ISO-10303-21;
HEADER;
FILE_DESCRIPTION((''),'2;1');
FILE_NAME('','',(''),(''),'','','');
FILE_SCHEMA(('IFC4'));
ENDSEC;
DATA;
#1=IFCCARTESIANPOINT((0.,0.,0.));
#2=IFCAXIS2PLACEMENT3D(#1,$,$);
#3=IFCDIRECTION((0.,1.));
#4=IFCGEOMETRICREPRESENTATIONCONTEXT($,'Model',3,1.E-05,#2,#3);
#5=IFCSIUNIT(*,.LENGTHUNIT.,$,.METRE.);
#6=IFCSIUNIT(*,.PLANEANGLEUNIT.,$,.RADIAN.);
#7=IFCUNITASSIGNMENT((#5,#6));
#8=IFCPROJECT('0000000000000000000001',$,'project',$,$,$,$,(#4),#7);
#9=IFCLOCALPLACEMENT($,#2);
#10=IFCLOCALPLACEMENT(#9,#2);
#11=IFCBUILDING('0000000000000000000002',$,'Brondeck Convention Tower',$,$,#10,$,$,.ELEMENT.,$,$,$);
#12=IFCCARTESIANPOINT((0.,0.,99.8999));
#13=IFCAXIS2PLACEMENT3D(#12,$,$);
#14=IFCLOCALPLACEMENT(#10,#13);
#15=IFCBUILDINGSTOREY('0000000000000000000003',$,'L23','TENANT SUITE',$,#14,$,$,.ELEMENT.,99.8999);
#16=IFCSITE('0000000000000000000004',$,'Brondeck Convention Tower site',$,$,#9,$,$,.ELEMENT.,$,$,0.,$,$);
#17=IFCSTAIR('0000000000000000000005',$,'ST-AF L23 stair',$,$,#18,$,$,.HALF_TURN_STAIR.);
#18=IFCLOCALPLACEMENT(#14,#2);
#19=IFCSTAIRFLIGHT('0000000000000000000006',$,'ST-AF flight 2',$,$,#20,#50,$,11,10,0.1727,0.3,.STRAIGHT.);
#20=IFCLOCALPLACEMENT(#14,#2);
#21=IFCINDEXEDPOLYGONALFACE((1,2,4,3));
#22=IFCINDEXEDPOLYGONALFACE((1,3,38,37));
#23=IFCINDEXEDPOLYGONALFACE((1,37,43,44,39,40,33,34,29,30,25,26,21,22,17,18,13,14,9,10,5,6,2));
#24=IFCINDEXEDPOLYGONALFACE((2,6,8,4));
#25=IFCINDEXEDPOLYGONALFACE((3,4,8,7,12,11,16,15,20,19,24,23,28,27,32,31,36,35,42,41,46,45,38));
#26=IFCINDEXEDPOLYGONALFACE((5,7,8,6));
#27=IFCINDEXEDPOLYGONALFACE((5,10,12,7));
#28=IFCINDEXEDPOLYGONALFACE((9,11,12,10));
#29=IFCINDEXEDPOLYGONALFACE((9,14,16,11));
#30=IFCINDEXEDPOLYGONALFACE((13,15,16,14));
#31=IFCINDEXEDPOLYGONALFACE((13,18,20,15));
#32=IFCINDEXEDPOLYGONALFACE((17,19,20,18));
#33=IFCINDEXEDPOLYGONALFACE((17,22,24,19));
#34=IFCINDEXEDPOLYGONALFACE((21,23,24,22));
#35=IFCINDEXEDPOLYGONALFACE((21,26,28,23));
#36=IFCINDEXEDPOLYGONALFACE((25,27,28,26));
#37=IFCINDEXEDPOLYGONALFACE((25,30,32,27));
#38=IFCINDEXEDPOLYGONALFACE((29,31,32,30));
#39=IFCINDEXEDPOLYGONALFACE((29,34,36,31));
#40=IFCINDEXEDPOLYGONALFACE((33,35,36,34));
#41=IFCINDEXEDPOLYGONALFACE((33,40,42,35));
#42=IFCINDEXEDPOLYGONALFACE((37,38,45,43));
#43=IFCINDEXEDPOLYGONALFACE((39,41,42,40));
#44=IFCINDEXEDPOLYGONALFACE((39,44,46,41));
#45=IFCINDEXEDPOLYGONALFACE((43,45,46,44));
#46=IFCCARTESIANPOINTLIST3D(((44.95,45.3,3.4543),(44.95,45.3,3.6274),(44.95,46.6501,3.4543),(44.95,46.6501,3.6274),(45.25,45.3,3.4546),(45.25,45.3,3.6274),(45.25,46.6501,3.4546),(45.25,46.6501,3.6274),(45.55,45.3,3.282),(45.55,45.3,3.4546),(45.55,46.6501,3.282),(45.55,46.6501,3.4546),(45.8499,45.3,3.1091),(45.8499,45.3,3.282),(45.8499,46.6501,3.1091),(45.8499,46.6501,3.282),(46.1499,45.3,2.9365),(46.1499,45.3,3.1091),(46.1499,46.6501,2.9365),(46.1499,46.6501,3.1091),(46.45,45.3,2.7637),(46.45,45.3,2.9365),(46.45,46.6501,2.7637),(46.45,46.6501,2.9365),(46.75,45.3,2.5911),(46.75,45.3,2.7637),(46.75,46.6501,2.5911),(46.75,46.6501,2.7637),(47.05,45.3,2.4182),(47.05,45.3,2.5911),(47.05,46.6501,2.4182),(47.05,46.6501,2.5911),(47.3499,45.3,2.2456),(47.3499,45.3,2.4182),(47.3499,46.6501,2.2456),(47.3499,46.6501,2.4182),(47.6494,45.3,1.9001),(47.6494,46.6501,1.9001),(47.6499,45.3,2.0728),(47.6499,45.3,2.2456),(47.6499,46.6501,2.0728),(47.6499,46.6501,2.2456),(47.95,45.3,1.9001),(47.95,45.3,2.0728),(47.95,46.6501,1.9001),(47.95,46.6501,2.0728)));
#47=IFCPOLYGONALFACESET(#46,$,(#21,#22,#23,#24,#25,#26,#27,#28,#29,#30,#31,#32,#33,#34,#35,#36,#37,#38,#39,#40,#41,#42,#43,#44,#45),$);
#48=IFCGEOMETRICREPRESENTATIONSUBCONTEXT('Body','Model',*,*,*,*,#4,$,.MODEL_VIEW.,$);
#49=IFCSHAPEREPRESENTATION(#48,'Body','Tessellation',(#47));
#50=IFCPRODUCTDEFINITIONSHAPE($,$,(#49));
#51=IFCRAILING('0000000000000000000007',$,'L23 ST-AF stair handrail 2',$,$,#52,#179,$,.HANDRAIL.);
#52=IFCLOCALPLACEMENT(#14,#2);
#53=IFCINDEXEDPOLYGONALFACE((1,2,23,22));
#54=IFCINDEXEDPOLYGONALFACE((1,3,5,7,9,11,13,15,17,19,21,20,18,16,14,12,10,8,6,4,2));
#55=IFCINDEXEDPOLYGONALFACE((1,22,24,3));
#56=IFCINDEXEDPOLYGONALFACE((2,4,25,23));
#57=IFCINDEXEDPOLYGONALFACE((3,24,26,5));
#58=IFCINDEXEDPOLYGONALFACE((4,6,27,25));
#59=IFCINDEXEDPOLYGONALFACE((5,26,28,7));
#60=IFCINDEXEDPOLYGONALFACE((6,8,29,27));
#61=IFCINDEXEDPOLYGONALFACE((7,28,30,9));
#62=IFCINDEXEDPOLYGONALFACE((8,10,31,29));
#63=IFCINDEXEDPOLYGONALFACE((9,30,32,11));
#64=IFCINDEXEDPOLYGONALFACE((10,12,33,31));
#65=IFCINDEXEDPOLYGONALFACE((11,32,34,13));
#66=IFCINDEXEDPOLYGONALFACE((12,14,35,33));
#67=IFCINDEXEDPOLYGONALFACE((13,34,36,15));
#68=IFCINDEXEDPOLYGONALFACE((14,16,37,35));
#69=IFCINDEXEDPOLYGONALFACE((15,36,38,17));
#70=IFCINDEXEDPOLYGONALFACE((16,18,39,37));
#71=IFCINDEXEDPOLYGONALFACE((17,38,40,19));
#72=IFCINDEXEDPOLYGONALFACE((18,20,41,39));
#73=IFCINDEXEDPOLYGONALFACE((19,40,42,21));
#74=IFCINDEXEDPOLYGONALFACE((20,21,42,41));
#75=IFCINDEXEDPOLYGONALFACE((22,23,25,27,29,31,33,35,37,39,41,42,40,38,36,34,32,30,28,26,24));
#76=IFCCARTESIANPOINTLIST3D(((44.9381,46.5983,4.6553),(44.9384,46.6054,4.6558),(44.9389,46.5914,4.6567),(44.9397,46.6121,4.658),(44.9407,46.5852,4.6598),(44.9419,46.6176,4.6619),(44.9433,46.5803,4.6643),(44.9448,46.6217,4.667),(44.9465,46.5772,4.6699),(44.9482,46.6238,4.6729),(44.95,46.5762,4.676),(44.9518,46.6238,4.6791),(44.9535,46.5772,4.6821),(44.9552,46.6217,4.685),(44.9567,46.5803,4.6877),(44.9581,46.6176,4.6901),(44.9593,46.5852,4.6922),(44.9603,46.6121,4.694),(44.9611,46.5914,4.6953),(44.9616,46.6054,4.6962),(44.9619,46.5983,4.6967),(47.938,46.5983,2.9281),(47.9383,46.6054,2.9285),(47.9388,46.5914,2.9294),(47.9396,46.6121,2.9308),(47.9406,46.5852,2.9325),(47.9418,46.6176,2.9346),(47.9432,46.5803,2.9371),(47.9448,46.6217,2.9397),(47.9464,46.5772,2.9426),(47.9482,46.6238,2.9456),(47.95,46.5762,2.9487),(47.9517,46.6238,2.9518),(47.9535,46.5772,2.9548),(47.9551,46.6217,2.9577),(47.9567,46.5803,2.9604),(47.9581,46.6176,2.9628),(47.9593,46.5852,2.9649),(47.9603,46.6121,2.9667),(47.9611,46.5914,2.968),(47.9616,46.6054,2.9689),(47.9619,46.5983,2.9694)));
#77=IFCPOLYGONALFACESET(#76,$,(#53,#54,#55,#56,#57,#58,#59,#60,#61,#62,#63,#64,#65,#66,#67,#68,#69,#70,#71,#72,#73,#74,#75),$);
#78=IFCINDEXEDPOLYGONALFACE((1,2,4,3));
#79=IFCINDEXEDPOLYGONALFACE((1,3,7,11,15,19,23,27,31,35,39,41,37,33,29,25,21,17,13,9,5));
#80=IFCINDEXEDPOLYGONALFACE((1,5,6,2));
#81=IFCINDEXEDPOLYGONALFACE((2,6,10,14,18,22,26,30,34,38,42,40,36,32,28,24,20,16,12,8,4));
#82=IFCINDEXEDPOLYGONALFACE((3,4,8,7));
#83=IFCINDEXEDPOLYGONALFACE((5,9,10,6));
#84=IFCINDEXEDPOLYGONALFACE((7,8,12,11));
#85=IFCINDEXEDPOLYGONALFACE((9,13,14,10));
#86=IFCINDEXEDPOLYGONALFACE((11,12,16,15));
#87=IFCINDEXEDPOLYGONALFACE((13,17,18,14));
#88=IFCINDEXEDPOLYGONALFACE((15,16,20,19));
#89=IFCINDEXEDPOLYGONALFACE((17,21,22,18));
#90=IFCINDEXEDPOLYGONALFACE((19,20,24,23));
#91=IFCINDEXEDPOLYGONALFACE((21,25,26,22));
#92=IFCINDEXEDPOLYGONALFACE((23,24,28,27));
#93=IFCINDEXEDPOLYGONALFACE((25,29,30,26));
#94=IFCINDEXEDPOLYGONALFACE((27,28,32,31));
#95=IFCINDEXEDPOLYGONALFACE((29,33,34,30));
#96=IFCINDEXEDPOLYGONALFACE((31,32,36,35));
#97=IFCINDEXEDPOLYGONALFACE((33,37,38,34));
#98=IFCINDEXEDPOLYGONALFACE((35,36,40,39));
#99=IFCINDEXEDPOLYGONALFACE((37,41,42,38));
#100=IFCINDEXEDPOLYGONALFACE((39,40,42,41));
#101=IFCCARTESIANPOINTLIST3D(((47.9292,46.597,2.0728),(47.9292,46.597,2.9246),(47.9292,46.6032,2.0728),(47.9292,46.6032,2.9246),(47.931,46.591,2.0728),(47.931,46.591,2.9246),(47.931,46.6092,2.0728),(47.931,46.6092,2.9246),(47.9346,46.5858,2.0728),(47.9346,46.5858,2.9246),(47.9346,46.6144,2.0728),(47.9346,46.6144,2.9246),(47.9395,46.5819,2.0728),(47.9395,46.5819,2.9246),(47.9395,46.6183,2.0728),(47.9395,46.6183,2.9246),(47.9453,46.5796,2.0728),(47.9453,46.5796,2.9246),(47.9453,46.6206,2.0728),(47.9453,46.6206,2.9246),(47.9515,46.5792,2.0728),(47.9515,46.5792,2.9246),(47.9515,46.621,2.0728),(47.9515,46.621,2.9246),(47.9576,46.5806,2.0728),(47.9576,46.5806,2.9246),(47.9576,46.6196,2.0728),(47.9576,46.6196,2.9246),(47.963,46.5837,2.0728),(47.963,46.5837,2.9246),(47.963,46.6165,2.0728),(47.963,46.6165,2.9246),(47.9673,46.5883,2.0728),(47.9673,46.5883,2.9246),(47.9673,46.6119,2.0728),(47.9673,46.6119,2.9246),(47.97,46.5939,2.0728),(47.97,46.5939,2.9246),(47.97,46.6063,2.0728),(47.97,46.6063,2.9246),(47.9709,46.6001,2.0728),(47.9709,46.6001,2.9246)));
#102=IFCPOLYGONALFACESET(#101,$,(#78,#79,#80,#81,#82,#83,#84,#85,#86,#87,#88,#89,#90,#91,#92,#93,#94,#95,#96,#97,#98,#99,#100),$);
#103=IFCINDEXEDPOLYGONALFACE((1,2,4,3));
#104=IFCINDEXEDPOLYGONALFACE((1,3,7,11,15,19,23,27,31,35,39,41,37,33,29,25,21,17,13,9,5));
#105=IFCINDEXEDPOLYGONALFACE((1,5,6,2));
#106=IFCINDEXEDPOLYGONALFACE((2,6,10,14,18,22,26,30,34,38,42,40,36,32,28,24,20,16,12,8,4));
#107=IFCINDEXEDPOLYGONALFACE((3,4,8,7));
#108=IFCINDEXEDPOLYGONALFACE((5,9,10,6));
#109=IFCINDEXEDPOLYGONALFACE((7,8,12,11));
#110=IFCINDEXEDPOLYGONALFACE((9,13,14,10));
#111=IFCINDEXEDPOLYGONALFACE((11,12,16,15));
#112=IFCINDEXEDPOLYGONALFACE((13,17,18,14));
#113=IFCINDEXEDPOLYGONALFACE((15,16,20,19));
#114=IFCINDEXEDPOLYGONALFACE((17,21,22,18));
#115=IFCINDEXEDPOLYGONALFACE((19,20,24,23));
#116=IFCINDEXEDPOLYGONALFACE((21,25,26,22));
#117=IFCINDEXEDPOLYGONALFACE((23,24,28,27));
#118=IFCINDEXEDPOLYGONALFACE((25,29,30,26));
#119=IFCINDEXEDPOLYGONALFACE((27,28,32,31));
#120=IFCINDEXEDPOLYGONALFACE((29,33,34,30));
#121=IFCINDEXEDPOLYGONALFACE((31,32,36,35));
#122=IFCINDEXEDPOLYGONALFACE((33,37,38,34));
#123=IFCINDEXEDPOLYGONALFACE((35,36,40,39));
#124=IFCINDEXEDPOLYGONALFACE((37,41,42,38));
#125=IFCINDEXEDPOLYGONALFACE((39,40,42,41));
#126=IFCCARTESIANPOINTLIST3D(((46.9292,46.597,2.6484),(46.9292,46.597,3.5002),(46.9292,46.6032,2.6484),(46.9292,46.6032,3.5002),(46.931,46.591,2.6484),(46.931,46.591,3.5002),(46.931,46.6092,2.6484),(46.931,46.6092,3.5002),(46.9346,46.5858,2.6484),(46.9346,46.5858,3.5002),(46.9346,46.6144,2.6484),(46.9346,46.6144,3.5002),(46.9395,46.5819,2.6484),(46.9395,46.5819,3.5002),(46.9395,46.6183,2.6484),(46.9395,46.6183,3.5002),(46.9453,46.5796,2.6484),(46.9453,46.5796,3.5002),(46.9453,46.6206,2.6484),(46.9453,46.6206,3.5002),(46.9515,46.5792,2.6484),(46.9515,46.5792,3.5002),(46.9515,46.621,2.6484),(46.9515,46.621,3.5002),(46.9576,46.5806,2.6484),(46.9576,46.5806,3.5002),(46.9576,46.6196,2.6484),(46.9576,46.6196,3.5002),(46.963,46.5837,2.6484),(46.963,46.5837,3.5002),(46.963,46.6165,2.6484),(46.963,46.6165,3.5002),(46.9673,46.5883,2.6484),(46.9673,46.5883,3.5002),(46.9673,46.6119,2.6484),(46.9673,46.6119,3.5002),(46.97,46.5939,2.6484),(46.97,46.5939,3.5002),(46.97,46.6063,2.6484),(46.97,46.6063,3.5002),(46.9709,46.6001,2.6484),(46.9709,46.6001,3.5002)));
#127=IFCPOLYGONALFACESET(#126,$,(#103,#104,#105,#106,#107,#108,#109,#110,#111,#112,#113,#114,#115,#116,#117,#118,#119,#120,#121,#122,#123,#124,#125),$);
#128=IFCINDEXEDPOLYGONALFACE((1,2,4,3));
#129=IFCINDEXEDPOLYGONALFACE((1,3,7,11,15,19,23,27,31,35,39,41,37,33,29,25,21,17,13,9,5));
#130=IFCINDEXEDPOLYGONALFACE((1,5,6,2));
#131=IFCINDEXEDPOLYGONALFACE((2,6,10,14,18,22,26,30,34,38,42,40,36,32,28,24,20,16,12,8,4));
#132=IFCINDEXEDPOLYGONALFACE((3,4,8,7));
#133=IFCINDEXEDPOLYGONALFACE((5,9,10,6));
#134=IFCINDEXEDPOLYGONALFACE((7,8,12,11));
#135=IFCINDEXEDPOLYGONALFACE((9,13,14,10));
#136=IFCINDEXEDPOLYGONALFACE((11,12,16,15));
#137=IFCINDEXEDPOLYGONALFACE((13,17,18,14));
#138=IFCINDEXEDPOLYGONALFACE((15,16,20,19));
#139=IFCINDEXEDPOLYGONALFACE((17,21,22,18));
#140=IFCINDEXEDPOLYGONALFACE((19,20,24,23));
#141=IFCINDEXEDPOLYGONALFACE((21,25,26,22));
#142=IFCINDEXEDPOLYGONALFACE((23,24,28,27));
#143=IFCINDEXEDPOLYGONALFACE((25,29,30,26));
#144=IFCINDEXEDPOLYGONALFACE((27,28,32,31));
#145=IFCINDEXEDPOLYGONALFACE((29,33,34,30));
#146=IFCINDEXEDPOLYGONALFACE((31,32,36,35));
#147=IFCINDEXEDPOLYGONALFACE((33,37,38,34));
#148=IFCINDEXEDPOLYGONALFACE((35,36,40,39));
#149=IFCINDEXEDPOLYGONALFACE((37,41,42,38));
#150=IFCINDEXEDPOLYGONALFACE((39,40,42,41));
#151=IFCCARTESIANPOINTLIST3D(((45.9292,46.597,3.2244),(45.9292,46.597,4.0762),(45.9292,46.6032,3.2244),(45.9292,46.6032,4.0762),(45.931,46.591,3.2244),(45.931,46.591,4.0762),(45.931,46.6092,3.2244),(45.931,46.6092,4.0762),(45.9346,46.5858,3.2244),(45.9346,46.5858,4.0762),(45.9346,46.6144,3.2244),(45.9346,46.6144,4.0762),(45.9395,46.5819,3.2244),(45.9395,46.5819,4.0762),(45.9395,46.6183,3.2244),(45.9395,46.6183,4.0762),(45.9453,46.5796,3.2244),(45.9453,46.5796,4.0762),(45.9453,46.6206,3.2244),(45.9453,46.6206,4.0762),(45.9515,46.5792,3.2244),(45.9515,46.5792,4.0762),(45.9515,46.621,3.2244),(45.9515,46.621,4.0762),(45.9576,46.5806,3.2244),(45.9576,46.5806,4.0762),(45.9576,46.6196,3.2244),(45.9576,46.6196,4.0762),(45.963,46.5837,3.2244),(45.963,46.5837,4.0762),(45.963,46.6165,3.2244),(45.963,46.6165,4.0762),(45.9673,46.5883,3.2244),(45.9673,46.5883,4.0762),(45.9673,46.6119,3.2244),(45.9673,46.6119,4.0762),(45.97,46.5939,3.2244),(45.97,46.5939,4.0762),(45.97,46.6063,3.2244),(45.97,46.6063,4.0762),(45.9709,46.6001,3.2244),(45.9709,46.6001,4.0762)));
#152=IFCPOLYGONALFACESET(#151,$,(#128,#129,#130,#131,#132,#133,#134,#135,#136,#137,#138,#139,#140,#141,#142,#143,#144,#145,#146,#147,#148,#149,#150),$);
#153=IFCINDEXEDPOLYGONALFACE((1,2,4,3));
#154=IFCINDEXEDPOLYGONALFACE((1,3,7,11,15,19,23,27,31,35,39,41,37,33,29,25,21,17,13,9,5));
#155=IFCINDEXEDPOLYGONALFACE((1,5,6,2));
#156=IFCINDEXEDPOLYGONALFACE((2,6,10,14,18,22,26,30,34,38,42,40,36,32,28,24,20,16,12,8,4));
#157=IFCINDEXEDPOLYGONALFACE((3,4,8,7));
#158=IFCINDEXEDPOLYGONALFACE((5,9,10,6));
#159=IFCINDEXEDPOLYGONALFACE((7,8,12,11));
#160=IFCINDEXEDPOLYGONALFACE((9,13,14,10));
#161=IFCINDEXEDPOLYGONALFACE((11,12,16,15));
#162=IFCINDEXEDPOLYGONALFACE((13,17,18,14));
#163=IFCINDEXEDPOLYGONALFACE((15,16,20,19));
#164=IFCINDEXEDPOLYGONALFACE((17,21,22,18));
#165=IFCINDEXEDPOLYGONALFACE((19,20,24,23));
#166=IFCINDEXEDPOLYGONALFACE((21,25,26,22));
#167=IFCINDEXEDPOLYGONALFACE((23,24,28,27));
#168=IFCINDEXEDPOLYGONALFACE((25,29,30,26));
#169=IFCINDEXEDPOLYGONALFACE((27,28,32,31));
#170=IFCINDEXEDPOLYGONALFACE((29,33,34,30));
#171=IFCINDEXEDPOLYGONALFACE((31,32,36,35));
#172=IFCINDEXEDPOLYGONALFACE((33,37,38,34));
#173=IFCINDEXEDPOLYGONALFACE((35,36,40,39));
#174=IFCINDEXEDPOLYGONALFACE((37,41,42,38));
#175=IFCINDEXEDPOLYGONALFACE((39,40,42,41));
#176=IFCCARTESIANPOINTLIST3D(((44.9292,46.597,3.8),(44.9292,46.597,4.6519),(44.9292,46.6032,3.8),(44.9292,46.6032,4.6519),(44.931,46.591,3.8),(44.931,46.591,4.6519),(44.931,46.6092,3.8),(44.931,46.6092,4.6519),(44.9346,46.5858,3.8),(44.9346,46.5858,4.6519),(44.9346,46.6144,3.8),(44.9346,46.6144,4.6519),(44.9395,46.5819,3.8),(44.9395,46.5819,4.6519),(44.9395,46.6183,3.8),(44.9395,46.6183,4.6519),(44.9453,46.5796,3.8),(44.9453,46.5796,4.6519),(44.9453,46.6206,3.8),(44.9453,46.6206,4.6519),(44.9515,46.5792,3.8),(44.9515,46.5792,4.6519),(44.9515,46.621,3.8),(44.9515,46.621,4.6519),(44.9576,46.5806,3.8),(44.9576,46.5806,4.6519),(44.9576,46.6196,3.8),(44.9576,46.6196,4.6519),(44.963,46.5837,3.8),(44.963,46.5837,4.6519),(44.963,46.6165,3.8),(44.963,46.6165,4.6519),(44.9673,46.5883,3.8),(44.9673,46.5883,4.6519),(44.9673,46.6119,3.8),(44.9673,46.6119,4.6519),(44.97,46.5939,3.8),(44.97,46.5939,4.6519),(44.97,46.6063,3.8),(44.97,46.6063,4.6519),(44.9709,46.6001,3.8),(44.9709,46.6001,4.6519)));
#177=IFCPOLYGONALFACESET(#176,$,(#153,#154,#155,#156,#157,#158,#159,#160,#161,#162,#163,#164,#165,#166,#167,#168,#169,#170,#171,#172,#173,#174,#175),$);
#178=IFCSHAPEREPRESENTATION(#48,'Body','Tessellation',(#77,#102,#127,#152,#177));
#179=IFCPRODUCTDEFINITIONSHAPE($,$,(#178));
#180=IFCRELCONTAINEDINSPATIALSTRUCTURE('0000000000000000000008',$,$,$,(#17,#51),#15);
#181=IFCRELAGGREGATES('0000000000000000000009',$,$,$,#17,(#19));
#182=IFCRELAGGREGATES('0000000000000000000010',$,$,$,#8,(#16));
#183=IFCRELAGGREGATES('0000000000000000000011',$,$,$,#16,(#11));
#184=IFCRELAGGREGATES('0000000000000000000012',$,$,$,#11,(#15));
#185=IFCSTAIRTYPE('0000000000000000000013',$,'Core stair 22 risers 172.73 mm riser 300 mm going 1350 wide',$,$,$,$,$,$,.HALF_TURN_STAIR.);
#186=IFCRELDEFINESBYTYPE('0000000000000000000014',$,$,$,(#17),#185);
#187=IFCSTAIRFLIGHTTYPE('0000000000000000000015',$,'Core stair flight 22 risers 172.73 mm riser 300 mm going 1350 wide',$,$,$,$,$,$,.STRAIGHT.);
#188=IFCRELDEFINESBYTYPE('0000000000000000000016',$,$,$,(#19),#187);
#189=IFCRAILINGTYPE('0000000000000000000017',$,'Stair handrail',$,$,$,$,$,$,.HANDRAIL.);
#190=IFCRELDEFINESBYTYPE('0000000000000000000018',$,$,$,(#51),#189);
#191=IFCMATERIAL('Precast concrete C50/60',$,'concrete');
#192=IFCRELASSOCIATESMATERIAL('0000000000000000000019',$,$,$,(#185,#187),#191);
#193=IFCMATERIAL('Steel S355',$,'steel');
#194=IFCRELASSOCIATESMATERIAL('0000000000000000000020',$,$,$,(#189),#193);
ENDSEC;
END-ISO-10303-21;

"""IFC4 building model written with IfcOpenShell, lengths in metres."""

from ifc_helpers import new_model, si_unit, direction, frame, origin, origin_2d, place, context, subcontext, project, spatial, polyline, circle, outline, extrude, material, type_object, element, aggregate, save


model = new_model("IFC4")

# Units and contexts
model_context = context("Model", 3, precision=1e-05, world=origin(), true_north=direction((0.0, 1.0)))
body_context = subcontext(model_context, "Body", "Model", "MODEL_VIEW")
ifc_project = project(units=[si_unit("LENGTHUNIT", "METRE"), si_unit("PLANEANGLEUNIT", "RADIAN")], contexts=[model_context])

# Site, building, storey
site_placement = place(None, origin())
site = spatial("IfcSite", under=ifc_project, at=site_placement, Name="Brondeck Convention Tower site", CompositionType="ELEMENT", RefElevation=0.0)
building_placement = place(site_placement, origin())
building = spatial("IfcBuilding", under=site, at=building_placement, Name="Brondeck Convention Tower", CompositionType="ELEMENT")
storey_placement = place(building_placement, frame((0.0, 0.0, 99.8999)))
storey = spatial("IfcBuildingStorey", under=building, at=storey_placement, Name="L23", Description="TENANT SUITE", CompositionType="ELEMENT", Elevation=99.8999)

# Shared definitions
ifc_material_1 = material(Name="Steel S355", Category="steel")

# Stair, stair flight
ifc_material_2 = material(Name="Precast concrete C50/60", Category="concrete")
stair_type = type_object("IfcStairType", Name="Core stair 22 risers 172.73 mm riser 300 mm going 1350 wide", PredefinedType="HALF_TURN_STAIR", material=ifc_material_2)
stair_placement = place(storey_placement, origin())
stair = element("IfcStair", 1, at=stair_placement, inside=storey, type_object=stair_type, Name="ST-AF L23 stair", PredefinedType="HALF_TURN_STAIR")
stair_flight_type = type_object("IfcStairFlightType", Name="Core stair flight 22 risers 172.73 mm riser 300 mm going 1350 wide", PredefinedType="STRAIGHT", material=ifc_material_2)
stair_flight_placement = place(storey_placement, frame((47.95, 45.9751, 1.9001), z_axis=(0.0, 0.0, 1.0), x_axis=(-1.0, 0.0, 0.0)))
stair_flight = element("IfcStairFlight", 2, at=stair_flight_placement, type_object=stair_flight_type, Name="ST-AF flight 2", NumberOfRisers=11, NumberOfTreads=10, PredefinedType="STRAIGHT", RiserHeight=0.1727, TreadLength=0.3, context=body_context, shape_type="SweptSolid", body=[
    extrude(outline(polyline([(0.0, 0.0), (0.0, 0.1726), (0.3, 0.1726), (0.3, 0.3455), (0.6001, 0.3455), (0.6001, 0.5181), (0.8999, 0.5181), (0.8999, 0.6909), (1.2, 0.6909), (1.2, 0.8635), (1.5, 0.8635), (1.5, 1.0364), (1.8, 1.0364), (1.8, 1.209), (2.1001, 1.209), (2.1001, 1.3818), (2.3999, 1.3818), (2.3999, 1.5544), (2.7, 1.5544), (2.7, 1.7273), (3.0, 1.7273), (3.0, 1.8999), (3.0, 1.5542), (0.3005, 0.0), (0.0, 0.0)])), frame((0.0, 0.675, 0.0), z_axis=(0.0, -1.0, 0.0), x_axis=(1.0, 0.0, 0.0)), (0.0, 0.0, 1.0), 1.3501),
])
aggregate(stair, [stair_flight])

# Railing
railing_type = type_object("IfcRailingType", Name="Stair handrail", PredefinedType="HANDRAIL", material=ifc_material_1)
railing_placement = place(storey_placement, frame((47.95, 46.6001, 2.0728)))
element("IfcRailing", 3, at=railing_placement, inside=storey, type_object=railing_type, Name="L23 ST-AF stair handrail 2", PredefinedType="HANDRAIL", context=body_context, shape_type="SweptSolid", body=[
    extrude(circle(Radius=0.0239, at=origin_2d()), frame((0.0, 0.0, 0.876), z_axis=(-0.86662, 0.0, 0.498969), x_axis=(0.0, -1.0, 0.0)), (0.0, 0.0, 1.0), 3.4617),
    extrude(circle(Radius=0.021, at=origin_2d()), origin(), (0.0, 0.0, 1.0), 0.8518),
    extrude(circle(Radius=0.021, at=origin_2d()), frame((-1.0, 0.0, 0.5757)), (0.0, 0.0, 1.0), 0.8518),
    extrude(circle(Radius=0.021, at=origin_2d()), frame((-2.0, 0.0, 1.1516)), (0.0, 0.0, 1.0), 0.8518),
    extrude(circle(Radius=0.021, at=origin_2d()), frame((-3.0, 0.0, 1.7273)), (0.0, 0.0, 1.0), 0.8518),
])

save(model, "model.ifc")
